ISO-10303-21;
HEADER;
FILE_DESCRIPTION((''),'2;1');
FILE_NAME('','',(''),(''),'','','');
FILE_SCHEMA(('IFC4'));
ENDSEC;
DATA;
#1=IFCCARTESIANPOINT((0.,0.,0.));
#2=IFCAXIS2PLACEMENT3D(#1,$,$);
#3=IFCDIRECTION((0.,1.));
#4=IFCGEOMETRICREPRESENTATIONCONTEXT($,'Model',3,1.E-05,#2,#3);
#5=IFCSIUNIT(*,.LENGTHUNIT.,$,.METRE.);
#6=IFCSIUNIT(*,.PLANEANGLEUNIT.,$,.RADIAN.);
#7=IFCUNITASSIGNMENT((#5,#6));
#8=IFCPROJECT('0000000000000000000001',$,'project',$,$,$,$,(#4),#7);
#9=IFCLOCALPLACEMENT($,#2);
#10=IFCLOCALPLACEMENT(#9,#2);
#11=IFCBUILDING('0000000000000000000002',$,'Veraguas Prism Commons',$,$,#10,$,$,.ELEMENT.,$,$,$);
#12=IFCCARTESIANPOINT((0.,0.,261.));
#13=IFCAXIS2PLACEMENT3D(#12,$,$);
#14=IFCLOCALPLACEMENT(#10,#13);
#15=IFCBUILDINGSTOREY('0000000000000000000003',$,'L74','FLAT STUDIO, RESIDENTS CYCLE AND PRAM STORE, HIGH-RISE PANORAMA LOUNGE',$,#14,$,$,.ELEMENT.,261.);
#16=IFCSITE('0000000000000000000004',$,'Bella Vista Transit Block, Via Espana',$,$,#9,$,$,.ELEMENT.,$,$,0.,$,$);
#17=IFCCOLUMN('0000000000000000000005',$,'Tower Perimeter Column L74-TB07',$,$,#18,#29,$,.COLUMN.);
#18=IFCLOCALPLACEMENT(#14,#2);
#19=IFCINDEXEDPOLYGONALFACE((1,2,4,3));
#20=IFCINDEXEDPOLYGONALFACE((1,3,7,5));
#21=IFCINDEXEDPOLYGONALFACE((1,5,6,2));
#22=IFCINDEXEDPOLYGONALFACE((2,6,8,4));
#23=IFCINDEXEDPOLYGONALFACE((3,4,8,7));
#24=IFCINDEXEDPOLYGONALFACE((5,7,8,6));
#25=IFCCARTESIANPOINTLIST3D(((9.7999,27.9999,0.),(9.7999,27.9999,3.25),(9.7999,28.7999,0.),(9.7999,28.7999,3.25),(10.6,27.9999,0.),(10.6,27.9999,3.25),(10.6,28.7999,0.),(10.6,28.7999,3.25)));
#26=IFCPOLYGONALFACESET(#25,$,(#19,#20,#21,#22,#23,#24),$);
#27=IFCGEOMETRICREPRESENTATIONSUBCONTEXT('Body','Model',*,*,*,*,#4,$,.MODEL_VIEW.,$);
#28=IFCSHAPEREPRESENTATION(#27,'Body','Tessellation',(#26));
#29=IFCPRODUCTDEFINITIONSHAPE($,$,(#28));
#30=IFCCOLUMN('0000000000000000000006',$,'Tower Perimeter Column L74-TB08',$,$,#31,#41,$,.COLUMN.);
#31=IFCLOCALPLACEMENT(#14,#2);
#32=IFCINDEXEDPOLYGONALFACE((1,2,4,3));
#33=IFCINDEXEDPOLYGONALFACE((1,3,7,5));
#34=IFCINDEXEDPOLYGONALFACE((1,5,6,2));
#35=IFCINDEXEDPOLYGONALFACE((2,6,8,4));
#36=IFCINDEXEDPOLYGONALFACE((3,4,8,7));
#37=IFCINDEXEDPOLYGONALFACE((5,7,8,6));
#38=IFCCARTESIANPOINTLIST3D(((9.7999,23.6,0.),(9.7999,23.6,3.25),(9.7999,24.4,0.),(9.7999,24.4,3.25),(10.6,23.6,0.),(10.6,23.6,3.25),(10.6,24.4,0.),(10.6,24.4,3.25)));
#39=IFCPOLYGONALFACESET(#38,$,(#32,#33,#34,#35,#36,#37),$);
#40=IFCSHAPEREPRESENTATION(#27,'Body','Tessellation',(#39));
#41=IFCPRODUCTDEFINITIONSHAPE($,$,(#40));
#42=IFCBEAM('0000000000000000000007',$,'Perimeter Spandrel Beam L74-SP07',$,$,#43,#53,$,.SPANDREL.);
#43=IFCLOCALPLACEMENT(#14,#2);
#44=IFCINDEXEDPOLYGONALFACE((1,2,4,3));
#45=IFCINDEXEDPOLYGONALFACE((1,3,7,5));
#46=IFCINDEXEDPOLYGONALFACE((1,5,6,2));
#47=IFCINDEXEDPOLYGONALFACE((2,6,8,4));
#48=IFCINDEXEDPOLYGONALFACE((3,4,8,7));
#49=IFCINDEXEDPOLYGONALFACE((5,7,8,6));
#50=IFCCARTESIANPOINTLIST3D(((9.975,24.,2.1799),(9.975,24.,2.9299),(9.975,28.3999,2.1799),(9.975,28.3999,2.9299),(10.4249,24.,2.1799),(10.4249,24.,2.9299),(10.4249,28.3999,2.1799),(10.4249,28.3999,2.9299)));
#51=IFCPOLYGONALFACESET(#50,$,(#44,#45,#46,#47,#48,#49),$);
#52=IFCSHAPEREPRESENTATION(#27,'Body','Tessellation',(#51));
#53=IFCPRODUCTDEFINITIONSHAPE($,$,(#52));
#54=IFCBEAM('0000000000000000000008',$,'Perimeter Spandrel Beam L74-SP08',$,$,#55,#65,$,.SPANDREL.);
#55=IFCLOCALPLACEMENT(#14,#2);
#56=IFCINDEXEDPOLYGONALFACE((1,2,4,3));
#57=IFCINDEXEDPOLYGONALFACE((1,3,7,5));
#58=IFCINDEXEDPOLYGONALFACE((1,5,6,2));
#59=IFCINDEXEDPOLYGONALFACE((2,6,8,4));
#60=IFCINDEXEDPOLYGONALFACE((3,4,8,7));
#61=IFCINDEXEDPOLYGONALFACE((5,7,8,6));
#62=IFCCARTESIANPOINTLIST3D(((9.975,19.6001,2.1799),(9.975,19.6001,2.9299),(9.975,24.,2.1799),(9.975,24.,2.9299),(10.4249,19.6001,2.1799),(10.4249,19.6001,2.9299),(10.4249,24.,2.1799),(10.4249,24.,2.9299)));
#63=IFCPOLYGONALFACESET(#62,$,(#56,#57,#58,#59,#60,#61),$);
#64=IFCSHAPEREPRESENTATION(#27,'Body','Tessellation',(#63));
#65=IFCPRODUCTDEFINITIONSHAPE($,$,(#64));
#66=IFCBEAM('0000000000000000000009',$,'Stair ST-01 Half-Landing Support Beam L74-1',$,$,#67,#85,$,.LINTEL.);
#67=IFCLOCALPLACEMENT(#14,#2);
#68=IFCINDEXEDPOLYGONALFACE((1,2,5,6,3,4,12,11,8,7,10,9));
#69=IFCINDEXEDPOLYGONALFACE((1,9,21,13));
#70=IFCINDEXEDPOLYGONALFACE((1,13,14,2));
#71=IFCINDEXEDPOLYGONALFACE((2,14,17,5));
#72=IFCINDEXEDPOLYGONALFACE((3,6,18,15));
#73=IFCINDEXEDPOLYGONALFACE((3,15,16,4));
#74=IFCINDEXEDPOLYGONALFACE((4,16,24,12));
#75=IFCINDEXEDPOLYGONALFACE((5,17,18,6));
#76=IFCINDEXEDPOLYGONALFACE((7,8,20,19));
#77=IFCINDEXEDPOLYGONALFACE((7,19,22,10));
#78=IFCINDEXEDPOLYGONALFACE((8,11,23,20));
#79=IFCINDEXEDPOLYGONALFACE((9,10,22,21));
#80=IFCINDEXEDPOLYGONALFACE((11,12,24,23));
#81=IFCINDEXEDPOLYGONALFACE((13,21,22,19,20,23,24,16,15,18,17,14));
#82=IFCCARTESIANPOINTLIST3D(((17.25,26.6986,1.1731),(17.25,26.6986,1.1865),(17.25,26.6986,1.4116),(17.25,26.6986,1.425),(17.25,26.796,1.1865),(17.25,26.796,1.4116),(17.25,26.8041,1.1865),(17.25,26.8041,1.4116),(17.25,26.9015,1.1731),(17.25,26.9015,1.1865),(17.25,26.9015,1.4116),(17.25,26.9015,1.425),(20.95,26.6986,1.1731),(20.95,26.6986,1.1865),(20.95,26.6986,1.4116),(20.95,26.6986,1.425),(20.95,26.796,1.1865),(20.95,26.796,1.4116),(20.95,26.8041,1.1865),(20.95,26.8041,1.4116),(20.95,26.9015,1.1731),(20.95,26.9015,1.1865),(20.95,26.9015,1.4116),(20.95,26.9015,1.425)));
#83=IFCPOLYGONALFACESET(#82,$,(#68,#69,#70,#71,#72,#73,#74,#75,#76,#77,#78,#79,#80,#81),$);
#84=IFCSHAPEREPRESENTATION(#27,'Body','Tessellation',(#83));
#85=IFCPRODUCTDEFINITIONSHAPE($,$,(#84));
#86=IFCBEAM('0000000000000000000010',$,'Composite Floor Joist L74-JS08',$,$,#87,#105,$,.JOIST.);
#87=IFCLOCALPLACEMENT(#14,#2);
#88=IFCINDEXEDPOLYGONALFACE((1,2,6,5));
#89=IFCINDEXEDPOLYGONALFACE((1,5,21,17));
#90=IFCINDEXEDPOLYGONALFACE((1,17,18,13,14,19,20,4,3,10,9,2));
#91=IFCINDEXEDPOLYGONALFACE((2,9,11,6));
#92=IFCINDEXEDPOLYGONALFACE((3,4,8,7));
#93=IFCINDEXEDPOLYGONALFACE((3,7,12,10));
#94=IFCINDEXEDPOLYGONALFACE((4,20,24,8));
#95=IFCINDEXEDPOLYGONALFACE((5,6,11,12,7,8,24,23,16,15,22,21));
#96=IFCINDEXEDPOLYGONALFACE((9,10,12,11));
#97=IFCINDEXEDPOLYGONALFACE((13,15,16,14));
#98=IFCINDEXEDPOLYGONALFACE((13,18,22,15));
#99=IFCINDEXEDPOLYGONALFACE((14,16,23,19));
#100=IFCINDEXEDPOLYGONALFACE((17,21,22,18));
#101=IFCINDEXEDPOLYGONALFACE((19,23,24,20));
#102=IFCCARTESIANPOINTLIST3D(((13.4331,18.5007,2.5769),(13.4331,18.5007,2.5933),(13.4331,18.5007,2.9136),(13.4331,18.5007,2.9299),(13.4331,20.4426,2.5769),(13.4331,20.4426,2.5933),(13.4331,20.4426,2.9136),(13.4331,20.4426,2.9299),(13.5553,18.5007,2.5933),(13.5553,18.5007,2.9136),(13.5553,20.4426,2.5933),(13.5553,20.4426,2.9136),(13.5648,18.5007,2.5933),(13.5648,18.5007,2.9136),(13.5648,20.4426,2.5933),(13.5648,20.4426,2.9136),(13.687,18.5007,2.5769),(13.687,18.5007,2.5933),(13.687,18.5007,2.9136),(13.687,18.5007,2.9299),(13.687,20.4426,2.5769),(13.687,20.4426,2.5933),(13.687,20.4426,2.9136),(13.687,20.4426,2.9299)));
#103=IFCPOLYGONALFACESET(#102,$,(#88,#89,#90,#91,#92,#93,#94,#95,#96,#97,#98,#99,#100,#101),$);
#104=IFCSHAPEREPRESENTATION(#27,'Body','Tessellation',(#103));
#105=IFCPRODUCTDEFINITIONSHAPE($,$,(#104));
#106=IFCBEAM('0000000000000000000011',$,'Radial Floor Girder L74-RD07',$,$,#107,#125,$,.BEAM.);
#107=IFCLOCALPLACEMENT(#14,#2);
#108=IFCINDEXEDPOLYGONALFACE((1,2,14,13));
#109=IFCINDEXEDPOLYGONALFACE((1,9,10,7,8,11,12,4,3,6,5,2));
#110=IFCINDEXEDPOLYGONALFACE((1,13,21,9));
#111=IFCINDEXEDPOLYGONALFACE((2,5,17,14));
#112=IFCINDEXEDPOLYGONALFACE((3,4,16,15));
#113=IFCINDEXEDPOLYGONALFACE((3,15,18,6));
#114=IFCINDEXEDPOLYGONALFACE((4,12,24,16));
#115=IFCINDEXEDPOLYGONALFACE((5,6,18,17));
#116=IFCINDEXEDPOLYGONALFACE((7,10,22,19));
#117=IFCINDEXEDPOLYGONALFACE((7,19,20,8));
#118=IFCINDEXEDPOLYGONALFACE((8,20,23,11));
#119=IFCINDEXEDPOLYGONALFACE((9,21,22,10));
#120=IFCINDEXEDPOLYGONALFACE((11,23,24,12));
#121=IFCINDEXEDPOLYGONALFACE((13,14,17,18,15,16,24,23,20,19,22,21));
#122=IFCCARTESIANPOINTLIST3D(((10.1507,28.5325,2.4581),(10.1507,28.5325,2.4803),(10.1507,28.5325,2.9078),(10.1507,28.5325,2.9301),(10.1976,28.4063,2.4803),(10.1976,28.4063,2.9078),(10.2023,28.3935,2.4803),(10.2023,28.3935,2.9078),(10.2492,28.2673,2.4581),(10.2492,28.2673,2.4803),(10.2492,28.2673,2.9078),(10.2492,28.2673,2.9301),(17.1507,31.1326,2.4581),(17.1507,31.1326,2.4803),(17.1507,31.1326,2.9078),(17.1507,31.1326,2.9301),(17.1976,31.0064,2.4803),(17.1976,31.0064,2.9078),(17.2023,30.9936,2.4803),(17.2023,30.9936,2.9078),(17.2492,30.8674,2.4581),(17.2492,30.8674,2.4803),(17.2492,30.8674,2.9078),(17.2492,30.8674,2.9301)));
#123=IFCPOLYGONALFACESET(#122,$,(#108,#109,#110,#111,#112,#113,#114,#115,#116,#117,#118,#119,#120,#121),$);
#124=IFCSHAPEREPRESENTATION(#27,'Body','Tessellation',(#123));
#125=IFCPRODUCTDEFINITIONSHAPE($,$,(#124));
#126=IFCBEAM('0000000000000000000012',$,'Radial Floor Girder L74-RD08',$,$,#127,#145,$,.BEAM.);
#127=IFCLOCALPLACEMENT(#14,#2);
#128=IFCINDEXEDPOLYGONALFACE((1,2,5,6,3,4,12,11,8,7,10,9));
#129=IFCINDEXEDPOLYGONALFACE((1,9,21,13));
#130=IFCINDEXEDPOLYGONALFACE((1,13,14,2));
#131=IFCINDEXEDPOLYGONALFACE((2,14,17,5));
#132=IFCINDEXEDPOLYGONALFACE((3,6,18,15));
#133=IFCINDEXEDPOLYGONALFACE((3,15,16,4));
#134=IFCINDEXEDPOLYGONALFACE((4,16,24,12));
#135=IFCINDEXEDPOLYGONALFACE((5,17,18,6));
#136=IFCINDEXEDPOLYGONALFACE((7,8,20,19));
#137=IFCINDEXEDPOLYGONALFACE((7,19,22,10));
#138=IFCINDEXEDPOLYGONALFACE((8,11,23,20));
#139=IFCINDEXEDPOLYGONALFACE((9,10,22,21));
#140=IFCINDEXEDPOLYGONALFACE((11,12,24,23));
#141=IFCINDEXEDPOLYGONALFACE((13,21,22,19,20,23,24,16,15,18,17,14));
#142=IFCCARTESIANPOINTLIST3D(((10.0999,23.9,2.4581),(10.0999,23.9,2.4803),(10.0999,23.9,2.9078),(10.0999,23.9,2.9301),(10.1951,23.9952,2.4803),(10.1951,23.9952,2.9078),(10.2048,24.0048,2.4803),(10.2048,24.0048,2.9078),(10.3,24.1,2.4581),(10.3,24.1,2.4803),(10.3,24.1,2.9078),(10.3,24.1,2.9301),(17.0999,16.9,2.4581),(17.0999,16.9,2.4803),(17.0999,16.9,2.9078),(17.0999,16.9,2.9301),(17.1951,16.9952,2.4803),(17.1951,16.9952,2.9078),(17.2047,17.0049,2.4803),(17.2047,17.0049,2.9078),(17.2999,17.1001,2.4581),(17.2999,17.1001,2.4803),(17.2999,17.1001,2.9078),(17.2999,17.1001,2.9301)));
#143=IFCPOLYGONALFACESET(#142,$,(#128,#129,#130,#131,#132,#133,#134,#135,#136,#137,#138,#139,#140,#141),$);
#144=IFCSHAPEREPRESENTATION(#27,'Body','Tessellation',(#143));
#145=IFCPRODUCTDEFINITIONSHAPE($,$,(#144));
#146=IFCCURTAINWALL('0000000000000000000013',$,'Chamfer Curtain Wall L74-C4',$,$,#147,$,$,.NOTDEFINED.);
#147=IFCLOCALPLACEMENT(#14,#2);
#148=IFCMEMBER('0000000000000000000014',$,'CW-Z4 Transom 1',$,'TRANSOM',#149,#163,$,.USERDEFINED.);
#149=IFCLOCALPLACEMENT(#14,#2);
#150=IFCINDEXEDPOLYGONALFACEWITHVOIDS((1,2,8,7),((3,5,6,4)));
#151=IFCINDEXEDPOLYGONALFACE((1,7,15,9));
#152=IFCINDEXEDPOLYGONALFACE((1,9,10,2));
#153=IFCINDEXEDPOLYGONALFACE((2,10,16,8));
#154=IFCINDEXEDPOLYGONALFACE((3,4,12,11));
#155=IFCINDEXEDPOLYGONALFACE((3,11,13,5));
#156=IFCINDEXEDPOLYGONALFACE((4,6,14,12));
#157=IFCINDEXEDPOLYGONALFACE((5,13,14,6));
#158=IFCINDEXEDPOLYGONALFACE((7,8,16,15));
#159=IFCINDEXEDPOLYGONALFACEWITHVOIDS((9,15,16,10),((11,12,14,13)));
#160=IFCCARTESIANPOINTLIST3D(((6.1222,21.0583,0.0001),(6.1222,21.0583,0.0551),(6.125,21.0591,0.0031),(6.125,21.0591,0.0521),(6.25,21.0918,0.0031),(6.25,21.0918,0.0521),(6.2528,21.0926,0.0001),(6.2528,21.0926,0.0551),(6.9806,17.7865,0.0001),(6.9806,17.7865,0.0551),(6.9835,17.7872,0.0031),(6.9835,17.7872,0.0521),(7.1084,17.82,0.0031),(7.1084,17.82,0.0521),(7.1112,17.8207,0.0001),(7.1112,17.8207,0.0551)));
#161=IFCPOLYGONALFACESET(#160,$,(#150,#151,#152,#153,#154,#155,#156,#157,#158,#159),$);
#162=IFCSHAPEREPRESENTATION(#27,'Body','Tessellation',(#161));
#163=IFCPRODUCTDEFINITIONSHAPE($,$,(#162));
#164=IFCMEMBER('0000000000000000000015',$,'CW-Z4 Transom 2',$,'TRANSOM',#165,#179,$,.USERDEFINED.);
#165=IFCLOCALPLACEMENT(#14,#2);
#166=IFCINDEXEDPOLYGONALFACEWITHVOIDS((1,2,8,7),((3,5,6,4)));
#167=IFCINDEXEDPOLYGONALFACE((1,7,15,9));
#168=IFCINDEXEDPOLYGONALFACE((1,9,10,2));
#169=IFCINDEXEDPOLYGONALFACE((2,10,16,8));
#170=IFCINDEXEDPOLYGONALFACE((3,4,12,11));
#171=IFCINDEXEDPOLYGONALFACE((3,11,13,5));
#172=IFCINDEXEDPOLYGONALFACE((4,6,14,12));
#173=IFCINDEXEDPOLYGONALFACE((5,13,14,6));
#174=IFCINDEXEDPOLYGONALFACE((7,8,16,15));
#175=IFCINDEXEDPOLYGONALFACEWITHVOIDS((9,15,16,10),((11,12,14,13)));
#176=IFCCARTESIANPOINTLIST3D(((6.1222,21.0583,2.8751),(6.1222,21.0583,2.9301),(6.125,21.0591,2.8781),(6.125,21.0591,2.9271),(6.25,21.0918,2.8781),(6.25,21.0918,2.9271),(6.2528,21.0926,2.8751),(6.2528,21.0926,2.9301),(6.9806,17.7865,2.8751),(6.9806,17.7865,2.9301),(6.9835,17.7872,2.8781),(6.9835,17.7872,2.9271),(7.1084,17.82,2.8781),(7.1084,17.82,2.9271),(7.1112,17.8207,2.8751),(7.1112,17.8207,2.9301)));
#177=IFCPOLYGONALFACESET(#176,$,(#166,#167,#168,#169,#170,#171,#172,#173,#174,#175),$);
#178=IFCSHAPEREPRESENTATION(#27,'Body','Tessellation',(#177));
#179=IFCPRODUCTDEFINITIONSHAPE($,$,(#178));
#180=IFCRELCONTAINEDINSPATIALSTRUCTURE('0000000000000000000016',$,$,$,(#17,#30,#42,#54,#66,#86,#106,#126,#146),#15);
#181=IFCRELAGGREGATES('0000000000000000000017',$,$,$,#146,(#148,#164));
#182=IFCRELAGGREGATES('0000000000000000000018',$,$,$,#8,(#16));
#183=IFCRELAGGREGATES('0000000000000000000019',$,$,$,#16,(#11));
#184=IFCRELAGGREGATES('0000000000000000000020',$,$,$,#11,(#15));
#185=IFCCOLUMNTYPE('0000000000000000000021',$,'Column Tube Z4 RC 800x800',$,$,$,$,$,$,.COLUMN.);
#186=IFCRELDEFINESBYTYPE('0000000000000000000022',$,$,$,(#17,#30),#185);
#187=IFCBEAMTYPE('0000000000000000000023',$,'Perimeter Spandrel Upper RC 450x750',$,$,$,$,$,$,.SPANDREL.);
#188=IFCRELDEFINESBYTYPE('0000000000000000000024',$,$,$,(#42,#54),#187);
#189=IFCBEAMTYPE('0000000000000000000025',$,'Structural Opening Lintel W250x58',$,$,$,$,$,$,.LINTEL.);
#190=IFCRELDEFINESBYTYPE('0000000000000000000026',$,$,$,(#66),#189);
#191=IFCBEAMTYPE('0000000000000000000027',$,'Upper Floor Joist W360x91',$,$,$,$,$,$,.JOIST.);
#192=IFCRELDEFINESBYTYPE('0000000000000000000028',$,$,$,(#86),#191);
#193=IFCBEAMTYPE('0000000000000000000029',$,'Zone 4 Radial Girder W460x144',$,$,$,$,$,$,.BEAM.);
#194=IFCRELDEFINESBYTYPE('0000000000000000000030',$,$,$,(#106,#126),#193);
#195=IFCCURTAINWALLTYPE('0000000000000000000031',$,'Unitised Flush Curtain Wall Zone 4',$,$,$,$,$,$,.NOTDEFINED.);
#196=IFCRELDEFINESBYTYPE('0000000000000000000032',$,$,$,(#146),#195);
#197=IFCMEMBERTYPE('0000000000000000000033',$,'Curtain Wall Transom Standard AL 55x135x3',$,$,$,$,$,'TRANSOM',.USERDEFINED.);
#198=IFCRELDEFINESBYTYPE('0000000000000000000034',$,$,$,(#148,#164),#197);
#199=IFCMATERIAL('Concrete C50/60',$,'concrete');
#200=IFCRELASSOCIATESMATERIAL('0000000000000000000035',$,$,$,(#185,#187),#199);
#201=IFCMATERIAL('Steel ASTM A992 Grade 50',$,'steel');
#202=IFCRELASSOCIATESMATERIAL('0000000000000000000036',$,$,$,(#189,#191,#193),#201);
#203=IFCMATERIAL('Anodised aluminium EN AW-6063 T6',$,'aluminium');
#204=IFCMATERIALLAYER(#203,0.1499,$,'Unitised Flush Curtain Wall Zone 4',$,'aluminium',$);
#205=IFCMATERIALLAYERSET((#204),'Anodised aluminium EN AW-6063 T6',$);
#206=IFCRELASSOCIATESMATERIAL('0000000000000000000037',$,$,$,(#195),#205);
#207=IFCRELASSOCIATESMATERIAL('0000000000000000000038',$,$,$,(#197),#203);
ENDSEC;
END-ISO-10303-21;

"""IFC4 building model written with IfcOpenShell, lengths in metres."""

from ifc_helpers import new_model, si_unit, direction, frame, origin, origin_2d, place, context, subcontext, project, spatial, rectangle, hollow_rectangle, i_section, extrude, source, transform, mapped, material, layer, layer_set, material_profile, profile_set, type_object, element, aggregate, save


model = new_model("IFC4")

# Units and contexts
model_context = context("Model", 3, precision=1e-05, world=origin(), true_north=direction((0.0, 1.0)))
body_context = subcontext(model_context, "Body", "Model", "MODEL_VIEW")
ifc_project = project(units=[si_unit("LENGTHUNIT", "METRE"), si_unit("PLANEANGLEUNIT", "RADIAN")], contexts=[model_context])

# Site, building, storey
site_placement = place(None, origin())
site = spatial("IfcSite", under=ifc_project, at=site_placement, Name="Bella Vista Transit Block, Via Espana", CompositionType="ELEMENT", RefElevation=0.0)
building_placement = place(site_placement, origin())
building = spatial("IfcBuilding", under=site, at=building_placement, Name="Veraguas Prism Commons", CompositionType="ELEMENT")
storey_placement = place(building_placement, frame((0.0, 0.0, 261.0)))
storey = spatial("IfcBuildingStorey", under=building, at=storey_placement, Name="L74", Description="FLAT STUDIO, RESIDENTS CYCLE AND PRAM STORE, HIGH-RISE PANORAMA LOUNGE", CompositionType="ELEMENT", Elevation=261.0)

# Columns
ifc_material_1 = material(Name="Concrete C50/60", Category="concrete")
ifc_material_profile_1 = material_profile(ifc_material_1, rectangle(XDim=0.8, YDim=0.8, at=origin_2d()), Name="RC800X800")
ifc_profile_set_1 = profile_set([ifc_material_profile_1], Name="Concrete C50/60")
column_type = type_object("IfcColumnType", Name="Column Tube Z4 RC 800x800", PredefinedType="COLUMN", material=ifc_profile_set_1)
for number, where, z_axis, x_axis, name in (
    (1, (10.2, 28.3999, 0.0), (0.0, 0.0, 1.0), (1.0, 0.0, 0.0), "Tower Perimeter Column L74-TB07"),
    (2, (10.2, 24.0, 0.0), (0.0, 0.0, 1.0), (1.0, 0.0, 0.0), "Tower Perimeter Column L74-TB08"),
):
    element("IfcColumn", number, at=place(storey_placement, frame(where, z_axis=z_axis, x_axis=x_axis)), inside=storey, type_object=column_type, Name=name, PredefinedType="COLUMN", context=body_context, shape_type="SweptSolid", body=[
        extrude(rectangle(XDim=0.8, YDim=0.8, at=origin_2d()), origin(), (0.0, 0.0, 1.0), 3.25),
    ])

# Beams
ifc_material_profile_2 = material_profile(ifc_material_1, rectangle(XDim=0.45, YDim=0.75, at=origin_2d()), Name="RC450X750")
ifc_profile_set_2 = profile_set([ifc_material_profile_2], Name="Concrete C50/60")
beam_type_1 = type_object("IfcBeamType", Name="Perimeter Spandrel Upper RC 450x750", PredefinedType="SPANDREL", material=ifc_profile_set_2)
for number, where, z_axis, x_axis, name in (
    (3, (10.2, 28.3999, 2.5549), (0.0, -1.0, 0.0), (1.0, 0.0, 0.0), "Perimeter Spandrel Beam L74-SP07"),
    (4, (10.2, 24.0, 2.5549), (0.0, -1.0, 0.0), (1.0, 0.0, 0.0), "Perimeter Spandrel Beam L74-SP08"),
):
    element("IfcBeam", number, at=place(storey_placement, frame(where, z_axis=z_axis, x_axis=x_axis)), inside=storey, type_object=beam_type_1, Name=name, PredefinedType="SPANDREL", context=body_context, shape_type="SweptSolid", body=[
        extrude(rectangle(XDim=0.45, YDim=0.75, at=origin_2d()), origin(), (0.0, 0.0, 1.0), 4.3999),
    ])
ifc_material_2 = material(Name="Steel ASTM A992 Grade 50", Category="steel")
ifc_material_profile_3 = material_profile(ifc_material_2, i_section(OverallWidth=0.2029, OverallDepth=0.252, WebThickness=0.0081, FlangeThickness=0.0134, at=origin_2d()), Name="W250X58")
ifc_profile_set_3 = profile_set([ifc_material_profile_3], Name="Steel ASTM A992 Grade 50")
beam_type_2 = type_object("IfcBeamType", Name="Structural Opening Lintel W250x58", PredefinedType="LINTEL", material=ifc_profile_set_3)
beam_1_placement = place(storey_placement, frame((17.25, 26.8, 1.2991), z_axis=(1.0, 0.0, 0.0), x_axis=(0.0, 1.0, 0.0)))
element("IfcBeam", 5, at=beam_1_placement, inside=storey, type_object=beam_type_2, Name="Stair ST-01 Half-Landing Support Beam L74-1", PredefinedType="LINTEL", context=body_context, shape_type="SweptSolid", body=[
    extrude(i_section(OverallWidth=0.2029, OverallDepth=0.252, WebThickness=0.0081, FlangeThickness=0.0134, at=origin_2d()), origin(), (0.0, 0.0, 1.0), 3.7),
])
ifc_material_profile_4 = material_profile(ifc_material_2, i_section(OverallWidth=0.2539, OverallDepth=0.353, WebThickness=0.0095, FlangeThickness=0.0164, at=origin_2d()), Name="W360X91")
ifc_profile_set_4 = profile_set([ifc_material_profile_4], Name="Steel ASTM A992 Grade 50")
beam_type_3 = type_object("IfcBeamType", Name="Upper Floor Joist W360x91", PredefinedType="JOIST", material=ifc_profile_set_4)
beam_2_placement = place(storey_placement, frame((13.5601, 20.4426, 2.7534), z_axis=(0.0, -1.0, 0.0), x_axis=(1.0, 0.0, 0.0)))
element("IfcBeam", 6, at=beam_2_placement, inside=storey, type_object=beam_type_3, Name="Composite Floor Joist L74-JS08", PredefinedType="JOIST", context=body_context, shape_type="SweptSolid", body=[
    extrude(i_section(OverallWidth=0.2539, OverallDepth=0.353, WebThickness=0.0095, FlangeThickness=0.0164, at=origin_2d()), origin(), (0.0, 0.0, 1.0), 1.9419),
])
ifc_material_profile_5 = material_profile(ifc_material_2, i_section(OverallWidth=0.283, OverallDepth=0.4719, WebThickness=0.0137, FlangeThickness=0.0222, at=origin_2d()), Name="W460X144")
ifc_profile_set_5 = profile_set([ifc_material_profile_5], Name="Steel ASTM A992 Grade 50")
beam_type_4 = type_object("IfcBeamType", Name="Zone 4 Radial Girder W460x144", PredefinedType="BEAM", material=ifc_profile_set_5)
beam_3_placement = place(storey_placement, frame((10.2, 28.3999, 2.6941), z_axis=(0.937421, 0.348198, 0.0), x_axis=(-0.348198, 0.937421, 0.0)))
element("IfcBeam", 7, at=beam_3_placement, inside=storey, type_object=beam_type_4, Name="Radial Floor Girder L74-RD07", PredefinedType="BEAM", context=body_context, shape_type="SweptSolid", body=[
    extrude(i_section(OverallWidth=0.283, OverallDepth=0.4719, WebThickness=0.0137, FlangeThickness=0.0222, at=origin_2d()), origin(), (0.0, 0.0, 1.0), 7.4673),
])
beam_4_placement = place(storey_placement, frame((10.2, 24.0, 2.6941), z_axis=(0.707107, -0.707107, 0.0), x_axis=(0.707107, 0.707107, 0.0)))
element("IfcBeam", 8, at=beam_4_placement, inside=storey, type_object=beam_type_4, Name="Radial Floor Girder L74-RD08", PredefinedType="BEAM", context=body_context, shape_type="SweptSolid", body=[
    extrude(i_section(OverallWidth=0.283, OverallDepth=0.4719, WebThickness=0.0137, FlangeThickness=0.0222, at=origin_2d()), origin(), (0.0, 0.0, 1.0), 9.8994),
])

# Curtain wall, members
ifc_material_3 = material(Name="Anodised aluminium EN AW-6063 T6", Category="aluminium")
ifc_layer_1 = layer(ifc_material_3, 0.1499, Name="Unitised Flush Curtain Wall Zone 4", Category="aluminium")
ifc_layer_set_1 = layer_set([ifc_layer_1], Name="Anodised aluminium EN AW-6063 T6")
curtain_wall_type = type_object("IfcCurtainWallType", Name="Unitised Flush Curtain Wall Zone 4", PredefinedType="NOTDEFINED", material=ifc_layer_set_1)
curtain_wall_1_placement = place(storey_placement, origin())
curtain_wall_1 = element("IfcCurtainWall", 9, at=curtain_wall_1_placement, inside=storey, type_object=curtain_wall_type, Name="Chamfer Curtain Wall L74-C4", PredefinedType="NOTDEFINED")
ifc_material_profile_6 = material_profile(ifc_material_3, hollow_rectangle(XDim=0.0549, YDim=0.135, WallThickness=0.0029, at=origin_2d()), Name="AL55X135X3")
ifc_profile_set_6 = profile_set([ifc_material_profile_6], Name="Anodised aluminium EN AW-6063 T6")
member_type_1 = type_object("IfcMemberType", Name="Curtain Wall Transom Standard AL 55x135x3", ElementType="TRANSOM", PredefinedType="USERDEFINED", material=ifc_profile_set_6)
shared_shape_1 = source(origin(), body_context, "Body", "SweptSolid", [
    extrude(hollow_rectangle(XDim=0.0549, YDim=0.135, WallThickness=0.0029, at=origin_2d()), origin(), (0.0, 0.0, 1.0), 3.3826),
])
member_1_placement = place(storey_placement, frame((6.1875, 21.0754, 0.0276), z_axis=(0.253779, -0.967262, 0.0), x_axis=(0.0, 0.0, 1.0)))
member_1 = element("IfcMember", 10, at=member_1_placement, type_object=member_type_1, Name="CW-Z4 Transom 1", ObjectType="TRANSOM", PredefinedType="USERDEFINED", context=body_context, shape_type="MappedRepresentation", body=[
    mapped(shared_shape_1, transform((0.0, 0.0, 0.0), scale=1.0)),
])
member_2_placement = place(storey_placement, frame((6.1875, 21.0754, 2.9026), z_axis=(0.253779, -0.967262, 0.0), x_axis=(0.0, 0.0, 1.0)))
member_2 = element("IfcMember", 11, at=member_2_placement, type_object=member_type_1, Name="CW-Z4 Transom 2", ObjectType="TRANSOM", PredefinedType="USERDEFINED", context=body_context, shape_type="MappedRepresentation", body=[
    mapped(shared_shape_1, transform((0.0, 0.0, 0.0), scale=1.0)),
])

aggregate(curtain_wall_1, [member_1, member_2])

save(model, "model.ifc")
